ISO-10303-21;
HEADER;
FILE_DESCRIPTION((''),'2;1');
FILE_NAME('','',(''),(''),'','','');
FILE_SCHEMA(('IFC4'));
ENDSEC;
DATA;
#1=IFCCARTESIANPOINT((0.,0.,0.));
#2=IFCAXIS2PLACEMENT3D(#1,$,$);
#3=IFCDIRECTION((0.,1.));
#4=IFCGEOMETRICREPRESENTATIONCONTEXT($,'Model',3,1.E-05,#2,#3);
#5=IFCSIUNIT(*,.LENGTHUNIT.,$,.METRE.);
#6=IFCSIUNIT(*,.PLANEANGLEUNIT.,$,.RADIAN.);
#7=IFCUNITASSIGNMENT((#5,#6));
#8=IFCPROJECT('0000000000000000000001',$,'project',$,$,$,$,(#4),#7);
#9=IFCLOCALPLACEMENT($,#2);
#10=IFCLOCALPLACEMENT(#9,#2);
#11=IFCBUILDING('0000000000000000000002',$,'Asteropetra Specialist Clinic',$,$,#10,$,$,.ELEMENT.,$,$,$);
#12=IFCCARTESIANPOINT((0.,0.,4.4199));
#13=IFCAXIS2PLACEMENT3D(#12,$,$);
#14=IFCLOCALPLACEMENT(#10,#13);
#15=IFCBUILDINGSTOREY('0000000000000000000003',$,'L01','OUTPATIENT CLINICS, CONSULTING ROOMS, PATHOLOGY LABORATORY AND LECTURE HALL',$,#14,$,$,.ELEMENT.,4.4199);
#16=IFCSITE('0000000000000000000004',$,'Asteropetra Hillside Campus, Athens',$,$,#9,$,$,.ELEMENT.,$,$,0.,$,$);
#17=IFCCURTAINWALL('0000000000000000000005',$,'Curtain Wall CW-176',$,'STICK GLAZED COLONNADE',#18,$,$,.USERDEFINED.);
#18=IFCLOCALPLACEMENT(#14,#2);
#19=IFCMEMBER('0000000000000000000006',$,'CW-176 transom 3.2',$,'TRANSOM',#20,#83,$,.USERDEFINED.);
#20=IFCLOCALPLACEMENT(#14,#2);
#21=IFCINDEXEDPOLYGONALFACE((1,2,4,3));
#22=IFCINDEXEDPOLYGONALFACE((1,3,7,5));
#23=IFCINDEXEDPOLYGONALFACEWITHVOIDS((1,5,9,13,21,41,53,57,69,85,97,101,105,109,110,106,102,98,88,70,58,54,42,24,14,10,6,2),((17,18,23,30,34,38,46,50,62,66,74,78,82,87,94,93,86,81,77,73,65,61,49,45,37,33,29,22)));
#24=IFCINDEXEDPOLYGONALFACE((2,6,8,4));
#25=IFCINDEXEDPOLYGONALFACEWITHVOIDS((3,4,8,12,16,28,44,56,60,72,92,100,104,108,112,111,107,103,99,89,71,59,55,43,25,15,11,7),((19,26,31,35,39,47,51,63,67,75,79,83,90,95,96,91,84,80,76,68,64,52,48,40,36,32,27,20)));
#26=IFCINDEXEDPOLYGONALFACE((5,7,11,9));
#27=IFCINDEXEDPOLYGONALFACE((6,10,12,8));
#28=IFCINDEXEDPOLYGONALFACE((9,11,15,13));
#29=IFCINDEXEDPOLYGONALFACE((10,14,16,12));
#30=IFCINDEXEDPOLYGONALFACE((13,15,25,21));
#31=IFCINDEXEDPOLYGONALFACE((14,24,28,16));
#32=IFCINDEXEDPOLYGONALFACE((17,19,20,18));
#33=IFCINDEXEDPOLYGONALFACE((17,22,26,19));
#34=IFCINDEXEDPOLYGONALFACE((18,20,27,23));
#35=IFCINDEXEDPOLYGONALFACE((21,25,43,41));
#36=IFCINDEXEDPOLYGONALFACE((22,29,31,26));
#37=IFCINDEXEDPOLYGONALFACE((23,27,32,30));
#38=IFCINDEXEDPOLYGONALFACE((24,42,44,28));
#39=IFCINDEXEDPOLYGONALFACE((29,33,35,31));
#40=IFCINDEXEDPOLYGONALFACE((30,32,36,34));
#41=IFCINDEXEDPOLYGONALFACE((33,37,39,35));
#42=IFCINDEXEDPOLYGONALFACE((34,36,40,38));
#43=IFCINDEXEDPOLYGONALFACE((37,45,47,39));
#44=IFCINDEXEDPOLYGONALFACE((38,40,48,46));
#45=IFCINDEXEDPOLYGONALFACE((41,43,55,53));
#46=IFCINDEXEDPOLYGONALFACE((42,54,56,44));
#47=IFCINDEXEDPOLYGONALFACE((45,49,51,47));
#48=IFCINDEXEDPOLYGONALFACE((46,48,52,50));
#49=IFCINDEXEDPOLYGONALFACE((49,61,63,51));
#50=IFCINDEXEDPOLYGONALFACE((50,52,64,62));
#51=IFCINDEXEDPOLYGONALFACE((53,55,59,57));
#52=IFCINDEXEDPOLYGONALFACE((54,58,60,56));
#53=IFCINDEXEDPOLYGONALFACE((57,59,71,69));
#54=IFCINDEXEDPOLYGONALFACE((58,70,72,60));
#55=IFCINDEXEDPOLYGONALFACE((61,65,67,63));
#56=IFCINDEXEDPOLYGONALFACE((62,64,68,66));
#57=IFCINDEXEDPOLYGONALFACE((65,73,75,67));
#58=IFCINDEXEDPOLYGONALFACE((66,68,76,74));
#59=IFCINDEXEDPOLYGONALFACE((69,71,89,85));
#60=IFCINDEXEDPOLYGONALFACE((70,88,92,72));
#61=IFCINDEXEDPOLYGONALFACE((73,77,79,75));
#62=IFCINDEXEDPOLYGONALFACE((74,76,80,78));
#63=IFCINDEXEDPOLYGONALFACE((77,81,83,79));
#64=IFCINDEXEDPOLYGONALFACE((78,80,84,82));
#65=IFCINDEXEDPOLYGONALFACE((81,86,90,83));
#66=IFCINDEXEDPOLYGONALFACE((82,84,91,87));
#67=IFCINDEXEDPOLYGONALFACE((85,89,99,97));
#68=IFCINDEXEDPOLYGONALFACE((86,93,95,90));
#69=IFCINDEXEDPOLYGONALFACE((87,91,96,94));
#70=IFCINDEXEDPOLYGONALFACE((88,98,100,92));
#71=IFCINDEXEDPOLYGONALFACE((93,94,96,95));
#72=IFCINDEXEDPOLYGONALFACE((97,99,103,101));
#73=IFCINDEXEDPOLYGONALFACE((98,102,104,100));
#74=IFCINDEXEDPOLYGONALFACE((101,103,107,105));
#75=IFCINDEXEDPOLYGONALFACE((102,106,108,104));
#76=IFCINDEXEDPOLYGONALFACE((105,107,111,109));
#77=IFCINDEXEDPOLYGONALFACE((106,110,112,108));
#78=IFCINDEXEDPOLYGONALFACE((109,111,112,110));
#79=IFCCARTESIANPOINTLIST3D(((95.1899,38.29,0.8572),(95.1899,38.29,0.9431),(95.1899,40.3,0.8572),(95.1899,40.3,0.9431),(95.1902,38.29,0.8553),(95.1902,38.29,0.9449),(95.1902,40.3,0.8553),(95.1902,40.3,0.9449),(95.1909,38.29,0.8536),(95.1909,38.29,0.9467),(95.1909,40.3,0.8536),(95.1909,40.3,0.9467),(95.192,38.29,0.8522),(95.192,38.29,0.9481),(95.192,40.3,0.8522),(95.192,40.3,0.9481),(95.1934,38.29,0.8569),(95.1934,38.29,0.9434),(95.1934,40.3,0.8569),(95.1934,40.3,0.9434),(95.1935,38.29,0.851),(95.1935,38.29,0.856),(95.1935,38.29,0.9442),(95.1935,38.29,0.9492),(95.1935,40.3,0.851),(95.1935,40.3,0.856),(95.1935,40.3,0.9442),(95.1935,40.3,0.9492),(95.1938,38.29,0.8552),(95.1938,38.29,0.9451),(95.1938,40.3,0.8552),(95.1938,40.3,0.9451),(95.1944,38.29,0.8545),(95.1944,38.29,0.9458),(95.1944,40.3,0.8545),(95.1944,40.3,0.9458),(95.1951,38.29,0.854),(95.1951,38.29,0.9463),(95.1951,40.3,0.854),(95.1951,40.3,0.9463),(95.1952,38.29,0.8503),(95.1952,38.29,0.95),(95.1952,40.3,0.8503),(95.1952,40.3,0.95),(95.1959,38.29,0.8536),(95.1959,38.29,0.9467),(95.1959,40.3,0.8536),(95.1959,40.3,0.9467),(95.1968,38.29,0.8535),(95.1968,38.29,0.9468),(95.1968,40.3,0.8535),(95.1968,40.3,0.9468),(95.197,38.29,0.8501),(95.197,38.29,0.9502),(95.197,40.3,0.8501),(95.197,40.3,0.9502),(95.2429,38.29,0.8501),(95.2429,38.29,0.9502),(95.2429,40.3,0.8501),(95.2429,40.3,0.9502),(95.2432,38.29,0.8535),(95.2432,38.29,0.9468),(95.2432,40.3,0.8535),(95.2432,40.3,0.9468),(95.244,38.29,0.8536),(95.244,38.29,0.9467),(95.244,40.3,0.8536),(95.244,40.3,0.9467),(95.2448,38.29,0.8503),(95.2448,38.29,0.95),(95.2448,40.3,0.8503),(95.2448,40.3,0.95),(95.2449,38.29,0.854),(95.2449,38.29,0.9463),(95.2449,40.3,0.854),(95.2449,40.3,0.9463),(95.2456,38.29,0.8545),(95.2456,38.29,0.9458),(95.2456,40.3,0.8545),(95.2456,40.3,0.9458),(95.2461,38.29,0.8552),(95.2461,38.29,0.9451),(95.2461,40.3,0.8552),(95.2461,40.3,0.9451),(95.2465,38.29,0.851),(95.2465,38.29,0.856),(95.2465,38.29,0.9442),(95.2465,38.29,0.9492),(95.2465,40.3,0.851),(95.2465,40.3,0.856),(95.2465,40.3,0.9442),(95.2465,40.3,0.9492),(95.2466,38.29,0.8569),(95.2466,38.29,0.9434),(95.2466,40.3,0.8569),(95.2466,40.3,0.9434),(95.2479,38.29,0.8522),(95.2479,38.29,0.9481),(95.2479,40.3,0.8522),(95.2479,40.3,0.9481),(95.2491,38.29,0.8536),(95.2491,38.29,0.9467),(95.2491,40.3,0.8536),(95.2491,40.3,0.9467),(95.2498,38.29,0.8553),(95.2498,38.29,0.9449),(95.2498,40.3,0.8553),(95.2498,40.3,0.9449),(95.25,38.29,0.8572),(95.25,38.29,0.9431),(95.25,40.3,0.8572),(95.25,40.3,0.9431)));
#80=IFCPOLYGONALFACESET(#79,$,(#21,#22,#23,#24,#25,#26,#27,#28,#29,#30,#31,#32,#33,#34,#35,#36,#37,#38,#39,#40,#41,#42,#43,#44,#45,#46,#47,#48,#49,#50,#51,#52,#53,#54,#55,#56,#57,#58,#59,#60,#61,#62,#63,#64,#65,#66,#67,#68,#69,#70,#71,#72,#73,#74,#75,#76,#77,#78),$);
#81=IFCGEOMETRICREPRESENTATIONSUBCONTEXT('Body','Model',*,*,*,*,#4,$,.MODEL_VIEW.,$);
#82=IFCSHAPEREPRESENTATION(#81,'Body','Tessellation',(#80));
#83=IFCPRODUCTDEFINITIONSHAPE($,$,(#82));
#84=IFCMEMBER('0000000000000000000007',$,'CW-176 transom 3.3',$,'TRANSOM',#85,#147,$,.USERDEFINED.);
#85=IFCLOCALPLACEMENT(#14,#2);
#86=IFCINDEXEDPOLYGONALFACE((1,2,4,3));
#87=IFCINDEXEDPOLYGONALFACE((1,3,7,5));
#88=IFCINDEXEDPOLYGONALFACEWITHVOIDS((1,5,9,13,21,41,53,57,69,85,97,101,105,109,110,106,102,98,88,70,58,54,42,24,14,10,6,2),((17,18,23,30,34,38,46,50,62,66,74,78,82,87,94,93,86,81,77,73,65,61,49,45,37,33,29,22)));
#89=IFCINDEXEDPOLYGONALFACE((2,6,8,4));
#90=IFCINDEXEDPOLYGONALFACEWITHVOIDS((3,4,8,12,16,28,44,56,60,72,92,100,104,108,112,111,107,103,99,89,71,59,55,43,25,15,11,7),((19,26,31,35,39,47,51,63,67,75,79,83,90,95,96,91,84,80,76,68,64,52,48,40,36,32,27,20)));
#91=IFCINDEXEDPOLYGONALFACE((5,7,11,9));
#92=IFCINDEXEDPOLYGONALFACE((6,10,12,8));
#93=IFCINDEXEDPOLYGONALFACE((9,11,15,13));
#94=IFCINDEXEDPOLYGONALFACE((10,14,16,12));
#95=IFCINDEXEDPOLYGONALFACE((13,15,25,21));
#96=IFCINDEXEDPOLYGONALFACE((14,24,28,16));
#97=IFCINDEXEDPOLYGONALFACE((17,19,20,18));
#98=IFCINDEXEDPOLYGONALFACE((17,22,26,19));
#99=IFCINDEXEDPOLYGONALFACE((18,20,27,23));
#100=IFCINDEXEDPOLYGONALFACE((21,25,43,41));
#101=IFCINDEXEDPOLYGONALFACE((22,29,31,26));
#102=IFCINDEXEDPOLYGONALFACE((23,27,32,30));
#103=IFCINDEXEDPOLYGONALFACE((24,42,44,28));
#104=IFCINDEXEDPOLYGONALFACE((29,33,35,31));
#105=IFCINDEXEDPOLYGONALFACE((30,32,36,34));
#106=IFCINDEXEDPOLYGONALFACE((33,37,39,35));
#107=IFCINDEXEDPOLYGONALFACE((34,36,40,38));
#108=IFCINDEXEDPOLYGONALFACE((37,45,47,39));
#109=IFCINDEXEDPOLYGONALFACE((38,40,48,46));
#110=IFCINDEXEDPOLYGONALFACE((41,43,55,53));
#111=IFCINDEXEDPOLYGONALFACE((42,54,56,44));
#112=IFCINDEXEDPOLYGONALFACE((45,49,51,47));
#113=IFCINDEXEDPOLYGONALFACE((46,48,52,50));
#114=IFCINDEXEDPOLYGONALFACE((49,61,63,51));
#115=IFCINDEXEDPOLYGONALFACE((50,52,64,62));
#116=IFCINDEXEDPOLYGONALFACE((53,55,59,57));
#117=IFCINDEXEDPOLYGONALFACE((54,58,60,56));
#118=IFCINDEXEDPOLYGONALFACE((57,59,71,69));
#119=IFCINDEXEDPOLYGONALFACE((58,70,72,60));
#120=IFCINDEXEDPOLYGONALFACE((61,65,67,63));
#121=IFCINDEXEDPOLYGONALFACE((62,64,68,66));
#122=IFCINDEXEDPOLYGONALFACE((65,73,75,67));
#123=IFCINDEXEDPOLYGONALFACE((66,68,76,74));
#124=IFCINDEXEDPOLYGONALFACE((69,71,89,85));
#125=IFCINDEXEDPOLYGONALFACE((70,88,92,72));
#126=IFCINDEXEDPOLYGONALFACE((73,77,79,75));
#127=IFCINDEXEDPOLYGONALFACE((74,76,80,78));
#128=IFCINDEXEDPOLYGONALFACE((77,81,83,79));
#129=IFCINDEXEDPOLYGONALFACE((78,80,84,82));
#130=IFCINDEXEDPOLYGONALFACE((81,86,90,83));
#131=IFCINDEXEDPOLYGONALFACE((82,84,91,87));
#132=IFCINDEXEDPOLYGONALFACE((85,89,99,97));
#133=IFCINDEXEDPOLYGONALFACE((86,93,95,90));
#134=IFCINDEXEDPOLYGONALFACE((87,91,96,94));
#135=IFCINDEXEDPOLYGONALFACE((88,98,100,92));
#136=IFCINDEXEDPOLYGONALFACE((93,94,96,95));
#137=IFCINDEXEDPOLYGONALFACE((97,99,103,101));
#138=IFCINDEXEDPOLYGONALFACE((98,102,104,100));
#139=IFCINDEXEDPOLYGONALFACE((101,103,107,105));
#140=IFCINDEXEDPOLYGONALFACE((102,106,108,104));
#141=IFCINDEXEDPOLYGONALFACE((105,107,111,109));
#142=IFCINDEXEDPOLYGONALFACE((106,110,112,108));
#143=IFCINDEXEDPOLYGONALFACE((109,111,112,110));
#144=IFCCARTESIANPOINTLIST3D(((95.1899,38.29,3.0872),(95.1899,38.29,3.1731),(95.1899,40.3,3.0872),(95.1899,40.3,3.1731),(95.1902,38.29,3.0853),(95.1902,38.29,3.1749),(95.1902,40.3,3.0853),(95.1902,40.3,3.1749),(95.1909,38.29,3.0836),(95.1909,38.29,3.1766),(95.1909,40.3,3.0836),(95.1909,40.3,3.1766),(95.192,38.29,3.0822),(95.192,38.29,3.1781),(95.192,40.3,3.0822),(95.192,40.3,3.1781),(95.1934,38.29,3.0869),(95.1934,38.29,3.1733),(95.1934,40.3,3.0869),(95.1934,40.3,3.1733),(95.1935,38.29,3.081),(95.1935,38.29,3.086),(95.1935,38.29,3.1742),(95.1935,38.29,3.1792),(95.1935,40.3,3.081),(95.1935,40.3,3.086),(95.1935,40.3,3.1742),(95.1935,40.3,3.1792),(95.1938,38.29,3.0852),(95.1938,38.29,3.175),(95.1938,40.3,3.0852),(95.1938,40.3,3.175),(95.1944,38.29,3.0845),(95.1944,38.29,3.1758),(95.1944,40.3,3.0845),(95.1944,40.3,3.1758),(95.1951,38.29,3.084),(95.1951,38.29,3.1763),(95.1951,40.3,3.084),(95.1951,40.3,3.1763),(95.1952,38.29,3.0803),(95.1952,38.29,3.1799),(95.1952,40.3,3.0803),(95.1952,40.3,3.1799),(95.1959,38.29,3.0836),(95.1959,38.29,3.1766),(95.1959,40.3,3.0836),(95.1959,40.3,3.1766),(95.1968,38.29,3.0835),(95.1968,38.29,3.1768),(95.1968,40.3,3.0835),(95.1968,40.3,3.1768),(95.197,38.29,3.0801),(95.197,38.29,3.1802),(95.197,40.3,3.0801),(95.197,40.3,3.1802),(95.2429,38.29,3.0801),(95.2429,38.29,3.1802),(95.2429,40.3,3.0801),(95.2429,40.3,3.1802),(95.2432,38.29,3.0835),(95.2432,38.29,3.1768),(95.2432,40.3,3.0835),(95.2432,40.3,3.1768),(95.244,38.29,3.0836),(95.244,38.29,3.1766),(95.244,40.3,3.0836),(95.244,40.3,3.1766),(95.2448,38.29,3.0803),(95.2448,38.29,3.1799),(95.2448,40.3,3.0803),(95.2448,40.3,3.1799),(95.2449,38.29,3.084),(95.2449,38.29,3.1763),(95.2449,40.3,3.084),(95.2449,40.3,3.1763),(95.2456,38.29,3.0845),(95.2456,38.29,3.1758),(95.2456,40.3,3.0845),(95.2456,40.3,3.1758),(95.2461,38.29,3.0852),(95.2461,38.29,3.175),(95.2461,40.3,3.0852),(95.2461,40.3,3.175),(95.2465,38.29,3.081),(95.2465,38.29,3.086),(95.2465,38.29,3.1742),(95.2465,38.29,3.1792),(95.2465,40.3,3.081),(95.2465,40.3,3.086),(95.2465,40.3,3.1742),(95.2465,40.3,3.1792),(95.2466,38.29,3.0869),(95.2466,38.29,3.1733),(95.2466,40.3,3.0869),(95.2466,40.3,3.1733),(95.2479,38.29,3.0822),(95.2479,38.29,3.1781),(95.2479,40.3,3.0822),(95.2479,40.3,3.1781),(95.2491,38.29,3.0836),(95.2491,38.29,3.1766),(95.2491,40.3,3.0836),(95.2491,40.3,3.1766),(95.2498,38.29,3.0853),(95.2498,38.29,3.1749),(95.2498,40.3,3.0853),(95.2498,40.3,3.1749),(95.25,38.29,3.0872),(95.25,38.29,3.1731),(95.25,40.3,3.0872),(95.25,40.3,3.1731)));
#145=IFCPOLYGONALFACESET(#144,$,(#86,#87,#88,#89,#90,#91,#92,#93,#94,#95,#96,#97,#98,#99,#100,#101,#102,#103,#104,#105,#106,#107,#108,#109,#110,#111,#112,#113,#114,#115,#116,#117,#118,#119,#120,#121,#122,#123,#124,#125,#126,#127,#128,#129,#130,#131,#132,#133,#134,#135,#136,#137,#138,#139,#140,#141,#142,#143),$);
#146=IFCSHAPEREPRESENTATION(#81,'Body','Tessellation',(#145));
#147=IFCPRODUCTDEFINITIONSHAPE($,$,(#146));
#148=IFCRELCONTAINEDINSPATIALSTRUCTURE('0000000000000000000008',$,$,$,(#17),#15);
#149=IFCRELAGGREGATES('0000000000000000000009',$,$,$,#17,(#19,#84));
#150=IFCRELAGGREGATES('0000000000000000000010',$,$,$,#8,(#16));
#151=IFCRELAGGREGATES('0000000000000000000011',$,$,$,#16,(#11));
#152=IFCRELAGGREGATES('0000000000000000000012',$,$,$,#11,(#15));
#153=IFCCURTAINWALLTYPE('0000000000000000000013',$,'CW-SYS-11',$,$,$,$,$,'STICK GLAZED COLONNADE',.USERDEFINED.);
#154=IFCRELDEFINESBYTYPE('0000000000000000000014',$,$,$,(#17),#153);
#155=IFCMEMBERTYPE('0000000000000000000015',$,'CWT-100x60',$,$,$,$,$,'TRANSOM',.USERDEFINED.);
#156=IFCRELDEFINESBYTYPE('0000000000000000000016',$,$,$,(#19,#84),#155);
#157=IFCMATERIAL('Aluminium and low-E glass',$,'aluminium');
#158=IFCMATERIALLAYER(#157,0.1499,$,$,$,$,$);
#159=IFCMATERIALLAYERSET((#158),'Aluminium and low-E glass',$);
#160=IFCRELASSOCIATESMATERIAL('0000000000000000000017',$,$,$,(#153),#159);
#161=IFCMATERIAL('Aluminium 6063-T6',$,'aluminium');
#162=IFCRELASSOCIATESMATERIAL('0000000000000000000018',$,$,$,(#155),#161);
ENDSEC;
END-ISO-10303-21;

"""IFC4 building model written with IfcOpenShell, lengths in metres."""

from ifc_helpers import new_model, si_unit, direction, frame, origin, origin_2d, place, context, subcontext, project, spatial, hollow_rectangle, extrude, material, layer, layer_set, material_profile, profile_set, type_object, element, aggregate, save


model = new_model("IFC4")

# Units and contexts
model_context = context("Model", 3, precision=1e-05, world=origin(), true_north=direction((0.0, 1.0)))
body_context = subcontext(model_context, "Body", "Model", "MODEL_VIEW")
ifc_project = project(units=[si_unit("LENGTHUNIT", "METRE"), si_unit("PLANEANGLEUNIT", "RADIAN")], contexts=[model_context])

# Site, building, storey
site_placement = place(None, origin())
site = spatial("IfcSite", under=ifc_project, at=site_placement, Name="Asteropetra Hillside Campus, Athens", CompositionType="ELEMENT", RefElevation=0.0)
building_placement = place(site_placement, origin())
building = spatial("IfcBuilding", under=site, at=building_placement, Name="Asteropetra Specialist Clinic", CompositionType="ELEMENT")
storey_placement = place(building_placement, frame((0.0, 0.0, 4.4199)))
storey = spatial("IfcBuildingStorey", under=building, at=storey_placement, Name="L01", Description="OUTPATIENT CLINICS, CONSULTING ROOMS, PATHOLOGY LABORATORY AND LECTURE HALL", CompositionType="ELEMENT", Elevation=4.4199)

# Curtain wall
ifc_material_1 = material(Name="Aluminium and low-E glass", Category="aluminium")
ifc_layer_1 = layer(ifc_material_1, 0.1499)
ifc_layer_set_1 = layer_set([ifc_layer_1], Name="Aluminium and low-E glass")
curtain_wall_type = type_object("IfcCurtainWallType", Name="CW-SYS-11", ElementType="STICK GLAZED COLONNADE", PredefinedType="USERDEFINED", material=ifc_layer_set_1)
curtain_wall_1_placement = place(storey_placement, origin())
curtain_wall_1 = element("IfcCurtainWall", 1, at=curtain_wall_1_placement, inside=storey, type_object=curtain_wall_type, Name="Curtain Wall CW-176", ObjectType="STICK GLAZED COLONNADE", PredefinedType="USERDEFINED")

# Members
ifc_material_2 = material(Name="Aluminium 6063-T6", Category="aluminium")
ifc_material_profile_1 = material_profile(ifc_material_2, hollow_rectangle(XDim=0.0601, YDim=0.1001, WallThickness=0.0034, InnerFilletRadius=0.0034, OuterFilletRadius=0.0071, at=origin_2d()), Name="TRN 100x60x3.5")
ifc_profile_set_1 = profile_set([ifc_material_profile_1], Name="Aluminium 6063-T6")
member_type_1 = type_object("IfcMemberType", Name="CWT-100x60", ElementType="TRANSOM", PredefinedType="USERDEFINED", material=ifc_profile_set_1)
member_1_placement = place(storey_placement, frame((95.22, 38.29, 0.9001), z_axis=(0.0, 1.0, 0.0), x_axis=(-1.0, 0.0, 0.0)))
member_1 = element("IfcMember", 2, at=member_1_placement, type_object=member_type_1, Name="CW-176 transom 3.2", ObjectType="TRANSOM", PredefinedType="USERDEFINED", context=body_context, shape_type="SweptSolid", body=[
    extrude(hollow_rectangle(XDim=0.0601, YDim=0.1001, WallThickness=0.0034, InnerFilletRadius=0.0034, OuterFilletRadius=0.0071, at=origin_2d()), origin(), (0.0, 0.0, 1.0), 2.01),
])
member_2_placement = place(storey_placement, frame((95.22, 38.29, 3.1301), z_axis=(0.0, 1.0, 0.0), x_axis=(-1.0, 0.0, 0.0)))
member_2 = element("IfcMember", 3, at=member_2_placement, type_object=member_type_1, Name="CW-176 transom 3.3", ObjectType="TRANSOM", PredefinedType="USERDEFINED", context=body_context, shape_type="SweptSolid", body=[
    extrude(hollow_rectangle(XDim=0.0601, YDim=0.1001, WallThickness=0.0034, InnerFilletRadius=0.0034, OuterFilletRadius=0.0071, at=origin_2d()), origin(), (0.0, 0.0, 1.0), 2.01),
])

aggregate(curtain_wall_1, [member_1, member_2])

save(model, "model.ifc")
